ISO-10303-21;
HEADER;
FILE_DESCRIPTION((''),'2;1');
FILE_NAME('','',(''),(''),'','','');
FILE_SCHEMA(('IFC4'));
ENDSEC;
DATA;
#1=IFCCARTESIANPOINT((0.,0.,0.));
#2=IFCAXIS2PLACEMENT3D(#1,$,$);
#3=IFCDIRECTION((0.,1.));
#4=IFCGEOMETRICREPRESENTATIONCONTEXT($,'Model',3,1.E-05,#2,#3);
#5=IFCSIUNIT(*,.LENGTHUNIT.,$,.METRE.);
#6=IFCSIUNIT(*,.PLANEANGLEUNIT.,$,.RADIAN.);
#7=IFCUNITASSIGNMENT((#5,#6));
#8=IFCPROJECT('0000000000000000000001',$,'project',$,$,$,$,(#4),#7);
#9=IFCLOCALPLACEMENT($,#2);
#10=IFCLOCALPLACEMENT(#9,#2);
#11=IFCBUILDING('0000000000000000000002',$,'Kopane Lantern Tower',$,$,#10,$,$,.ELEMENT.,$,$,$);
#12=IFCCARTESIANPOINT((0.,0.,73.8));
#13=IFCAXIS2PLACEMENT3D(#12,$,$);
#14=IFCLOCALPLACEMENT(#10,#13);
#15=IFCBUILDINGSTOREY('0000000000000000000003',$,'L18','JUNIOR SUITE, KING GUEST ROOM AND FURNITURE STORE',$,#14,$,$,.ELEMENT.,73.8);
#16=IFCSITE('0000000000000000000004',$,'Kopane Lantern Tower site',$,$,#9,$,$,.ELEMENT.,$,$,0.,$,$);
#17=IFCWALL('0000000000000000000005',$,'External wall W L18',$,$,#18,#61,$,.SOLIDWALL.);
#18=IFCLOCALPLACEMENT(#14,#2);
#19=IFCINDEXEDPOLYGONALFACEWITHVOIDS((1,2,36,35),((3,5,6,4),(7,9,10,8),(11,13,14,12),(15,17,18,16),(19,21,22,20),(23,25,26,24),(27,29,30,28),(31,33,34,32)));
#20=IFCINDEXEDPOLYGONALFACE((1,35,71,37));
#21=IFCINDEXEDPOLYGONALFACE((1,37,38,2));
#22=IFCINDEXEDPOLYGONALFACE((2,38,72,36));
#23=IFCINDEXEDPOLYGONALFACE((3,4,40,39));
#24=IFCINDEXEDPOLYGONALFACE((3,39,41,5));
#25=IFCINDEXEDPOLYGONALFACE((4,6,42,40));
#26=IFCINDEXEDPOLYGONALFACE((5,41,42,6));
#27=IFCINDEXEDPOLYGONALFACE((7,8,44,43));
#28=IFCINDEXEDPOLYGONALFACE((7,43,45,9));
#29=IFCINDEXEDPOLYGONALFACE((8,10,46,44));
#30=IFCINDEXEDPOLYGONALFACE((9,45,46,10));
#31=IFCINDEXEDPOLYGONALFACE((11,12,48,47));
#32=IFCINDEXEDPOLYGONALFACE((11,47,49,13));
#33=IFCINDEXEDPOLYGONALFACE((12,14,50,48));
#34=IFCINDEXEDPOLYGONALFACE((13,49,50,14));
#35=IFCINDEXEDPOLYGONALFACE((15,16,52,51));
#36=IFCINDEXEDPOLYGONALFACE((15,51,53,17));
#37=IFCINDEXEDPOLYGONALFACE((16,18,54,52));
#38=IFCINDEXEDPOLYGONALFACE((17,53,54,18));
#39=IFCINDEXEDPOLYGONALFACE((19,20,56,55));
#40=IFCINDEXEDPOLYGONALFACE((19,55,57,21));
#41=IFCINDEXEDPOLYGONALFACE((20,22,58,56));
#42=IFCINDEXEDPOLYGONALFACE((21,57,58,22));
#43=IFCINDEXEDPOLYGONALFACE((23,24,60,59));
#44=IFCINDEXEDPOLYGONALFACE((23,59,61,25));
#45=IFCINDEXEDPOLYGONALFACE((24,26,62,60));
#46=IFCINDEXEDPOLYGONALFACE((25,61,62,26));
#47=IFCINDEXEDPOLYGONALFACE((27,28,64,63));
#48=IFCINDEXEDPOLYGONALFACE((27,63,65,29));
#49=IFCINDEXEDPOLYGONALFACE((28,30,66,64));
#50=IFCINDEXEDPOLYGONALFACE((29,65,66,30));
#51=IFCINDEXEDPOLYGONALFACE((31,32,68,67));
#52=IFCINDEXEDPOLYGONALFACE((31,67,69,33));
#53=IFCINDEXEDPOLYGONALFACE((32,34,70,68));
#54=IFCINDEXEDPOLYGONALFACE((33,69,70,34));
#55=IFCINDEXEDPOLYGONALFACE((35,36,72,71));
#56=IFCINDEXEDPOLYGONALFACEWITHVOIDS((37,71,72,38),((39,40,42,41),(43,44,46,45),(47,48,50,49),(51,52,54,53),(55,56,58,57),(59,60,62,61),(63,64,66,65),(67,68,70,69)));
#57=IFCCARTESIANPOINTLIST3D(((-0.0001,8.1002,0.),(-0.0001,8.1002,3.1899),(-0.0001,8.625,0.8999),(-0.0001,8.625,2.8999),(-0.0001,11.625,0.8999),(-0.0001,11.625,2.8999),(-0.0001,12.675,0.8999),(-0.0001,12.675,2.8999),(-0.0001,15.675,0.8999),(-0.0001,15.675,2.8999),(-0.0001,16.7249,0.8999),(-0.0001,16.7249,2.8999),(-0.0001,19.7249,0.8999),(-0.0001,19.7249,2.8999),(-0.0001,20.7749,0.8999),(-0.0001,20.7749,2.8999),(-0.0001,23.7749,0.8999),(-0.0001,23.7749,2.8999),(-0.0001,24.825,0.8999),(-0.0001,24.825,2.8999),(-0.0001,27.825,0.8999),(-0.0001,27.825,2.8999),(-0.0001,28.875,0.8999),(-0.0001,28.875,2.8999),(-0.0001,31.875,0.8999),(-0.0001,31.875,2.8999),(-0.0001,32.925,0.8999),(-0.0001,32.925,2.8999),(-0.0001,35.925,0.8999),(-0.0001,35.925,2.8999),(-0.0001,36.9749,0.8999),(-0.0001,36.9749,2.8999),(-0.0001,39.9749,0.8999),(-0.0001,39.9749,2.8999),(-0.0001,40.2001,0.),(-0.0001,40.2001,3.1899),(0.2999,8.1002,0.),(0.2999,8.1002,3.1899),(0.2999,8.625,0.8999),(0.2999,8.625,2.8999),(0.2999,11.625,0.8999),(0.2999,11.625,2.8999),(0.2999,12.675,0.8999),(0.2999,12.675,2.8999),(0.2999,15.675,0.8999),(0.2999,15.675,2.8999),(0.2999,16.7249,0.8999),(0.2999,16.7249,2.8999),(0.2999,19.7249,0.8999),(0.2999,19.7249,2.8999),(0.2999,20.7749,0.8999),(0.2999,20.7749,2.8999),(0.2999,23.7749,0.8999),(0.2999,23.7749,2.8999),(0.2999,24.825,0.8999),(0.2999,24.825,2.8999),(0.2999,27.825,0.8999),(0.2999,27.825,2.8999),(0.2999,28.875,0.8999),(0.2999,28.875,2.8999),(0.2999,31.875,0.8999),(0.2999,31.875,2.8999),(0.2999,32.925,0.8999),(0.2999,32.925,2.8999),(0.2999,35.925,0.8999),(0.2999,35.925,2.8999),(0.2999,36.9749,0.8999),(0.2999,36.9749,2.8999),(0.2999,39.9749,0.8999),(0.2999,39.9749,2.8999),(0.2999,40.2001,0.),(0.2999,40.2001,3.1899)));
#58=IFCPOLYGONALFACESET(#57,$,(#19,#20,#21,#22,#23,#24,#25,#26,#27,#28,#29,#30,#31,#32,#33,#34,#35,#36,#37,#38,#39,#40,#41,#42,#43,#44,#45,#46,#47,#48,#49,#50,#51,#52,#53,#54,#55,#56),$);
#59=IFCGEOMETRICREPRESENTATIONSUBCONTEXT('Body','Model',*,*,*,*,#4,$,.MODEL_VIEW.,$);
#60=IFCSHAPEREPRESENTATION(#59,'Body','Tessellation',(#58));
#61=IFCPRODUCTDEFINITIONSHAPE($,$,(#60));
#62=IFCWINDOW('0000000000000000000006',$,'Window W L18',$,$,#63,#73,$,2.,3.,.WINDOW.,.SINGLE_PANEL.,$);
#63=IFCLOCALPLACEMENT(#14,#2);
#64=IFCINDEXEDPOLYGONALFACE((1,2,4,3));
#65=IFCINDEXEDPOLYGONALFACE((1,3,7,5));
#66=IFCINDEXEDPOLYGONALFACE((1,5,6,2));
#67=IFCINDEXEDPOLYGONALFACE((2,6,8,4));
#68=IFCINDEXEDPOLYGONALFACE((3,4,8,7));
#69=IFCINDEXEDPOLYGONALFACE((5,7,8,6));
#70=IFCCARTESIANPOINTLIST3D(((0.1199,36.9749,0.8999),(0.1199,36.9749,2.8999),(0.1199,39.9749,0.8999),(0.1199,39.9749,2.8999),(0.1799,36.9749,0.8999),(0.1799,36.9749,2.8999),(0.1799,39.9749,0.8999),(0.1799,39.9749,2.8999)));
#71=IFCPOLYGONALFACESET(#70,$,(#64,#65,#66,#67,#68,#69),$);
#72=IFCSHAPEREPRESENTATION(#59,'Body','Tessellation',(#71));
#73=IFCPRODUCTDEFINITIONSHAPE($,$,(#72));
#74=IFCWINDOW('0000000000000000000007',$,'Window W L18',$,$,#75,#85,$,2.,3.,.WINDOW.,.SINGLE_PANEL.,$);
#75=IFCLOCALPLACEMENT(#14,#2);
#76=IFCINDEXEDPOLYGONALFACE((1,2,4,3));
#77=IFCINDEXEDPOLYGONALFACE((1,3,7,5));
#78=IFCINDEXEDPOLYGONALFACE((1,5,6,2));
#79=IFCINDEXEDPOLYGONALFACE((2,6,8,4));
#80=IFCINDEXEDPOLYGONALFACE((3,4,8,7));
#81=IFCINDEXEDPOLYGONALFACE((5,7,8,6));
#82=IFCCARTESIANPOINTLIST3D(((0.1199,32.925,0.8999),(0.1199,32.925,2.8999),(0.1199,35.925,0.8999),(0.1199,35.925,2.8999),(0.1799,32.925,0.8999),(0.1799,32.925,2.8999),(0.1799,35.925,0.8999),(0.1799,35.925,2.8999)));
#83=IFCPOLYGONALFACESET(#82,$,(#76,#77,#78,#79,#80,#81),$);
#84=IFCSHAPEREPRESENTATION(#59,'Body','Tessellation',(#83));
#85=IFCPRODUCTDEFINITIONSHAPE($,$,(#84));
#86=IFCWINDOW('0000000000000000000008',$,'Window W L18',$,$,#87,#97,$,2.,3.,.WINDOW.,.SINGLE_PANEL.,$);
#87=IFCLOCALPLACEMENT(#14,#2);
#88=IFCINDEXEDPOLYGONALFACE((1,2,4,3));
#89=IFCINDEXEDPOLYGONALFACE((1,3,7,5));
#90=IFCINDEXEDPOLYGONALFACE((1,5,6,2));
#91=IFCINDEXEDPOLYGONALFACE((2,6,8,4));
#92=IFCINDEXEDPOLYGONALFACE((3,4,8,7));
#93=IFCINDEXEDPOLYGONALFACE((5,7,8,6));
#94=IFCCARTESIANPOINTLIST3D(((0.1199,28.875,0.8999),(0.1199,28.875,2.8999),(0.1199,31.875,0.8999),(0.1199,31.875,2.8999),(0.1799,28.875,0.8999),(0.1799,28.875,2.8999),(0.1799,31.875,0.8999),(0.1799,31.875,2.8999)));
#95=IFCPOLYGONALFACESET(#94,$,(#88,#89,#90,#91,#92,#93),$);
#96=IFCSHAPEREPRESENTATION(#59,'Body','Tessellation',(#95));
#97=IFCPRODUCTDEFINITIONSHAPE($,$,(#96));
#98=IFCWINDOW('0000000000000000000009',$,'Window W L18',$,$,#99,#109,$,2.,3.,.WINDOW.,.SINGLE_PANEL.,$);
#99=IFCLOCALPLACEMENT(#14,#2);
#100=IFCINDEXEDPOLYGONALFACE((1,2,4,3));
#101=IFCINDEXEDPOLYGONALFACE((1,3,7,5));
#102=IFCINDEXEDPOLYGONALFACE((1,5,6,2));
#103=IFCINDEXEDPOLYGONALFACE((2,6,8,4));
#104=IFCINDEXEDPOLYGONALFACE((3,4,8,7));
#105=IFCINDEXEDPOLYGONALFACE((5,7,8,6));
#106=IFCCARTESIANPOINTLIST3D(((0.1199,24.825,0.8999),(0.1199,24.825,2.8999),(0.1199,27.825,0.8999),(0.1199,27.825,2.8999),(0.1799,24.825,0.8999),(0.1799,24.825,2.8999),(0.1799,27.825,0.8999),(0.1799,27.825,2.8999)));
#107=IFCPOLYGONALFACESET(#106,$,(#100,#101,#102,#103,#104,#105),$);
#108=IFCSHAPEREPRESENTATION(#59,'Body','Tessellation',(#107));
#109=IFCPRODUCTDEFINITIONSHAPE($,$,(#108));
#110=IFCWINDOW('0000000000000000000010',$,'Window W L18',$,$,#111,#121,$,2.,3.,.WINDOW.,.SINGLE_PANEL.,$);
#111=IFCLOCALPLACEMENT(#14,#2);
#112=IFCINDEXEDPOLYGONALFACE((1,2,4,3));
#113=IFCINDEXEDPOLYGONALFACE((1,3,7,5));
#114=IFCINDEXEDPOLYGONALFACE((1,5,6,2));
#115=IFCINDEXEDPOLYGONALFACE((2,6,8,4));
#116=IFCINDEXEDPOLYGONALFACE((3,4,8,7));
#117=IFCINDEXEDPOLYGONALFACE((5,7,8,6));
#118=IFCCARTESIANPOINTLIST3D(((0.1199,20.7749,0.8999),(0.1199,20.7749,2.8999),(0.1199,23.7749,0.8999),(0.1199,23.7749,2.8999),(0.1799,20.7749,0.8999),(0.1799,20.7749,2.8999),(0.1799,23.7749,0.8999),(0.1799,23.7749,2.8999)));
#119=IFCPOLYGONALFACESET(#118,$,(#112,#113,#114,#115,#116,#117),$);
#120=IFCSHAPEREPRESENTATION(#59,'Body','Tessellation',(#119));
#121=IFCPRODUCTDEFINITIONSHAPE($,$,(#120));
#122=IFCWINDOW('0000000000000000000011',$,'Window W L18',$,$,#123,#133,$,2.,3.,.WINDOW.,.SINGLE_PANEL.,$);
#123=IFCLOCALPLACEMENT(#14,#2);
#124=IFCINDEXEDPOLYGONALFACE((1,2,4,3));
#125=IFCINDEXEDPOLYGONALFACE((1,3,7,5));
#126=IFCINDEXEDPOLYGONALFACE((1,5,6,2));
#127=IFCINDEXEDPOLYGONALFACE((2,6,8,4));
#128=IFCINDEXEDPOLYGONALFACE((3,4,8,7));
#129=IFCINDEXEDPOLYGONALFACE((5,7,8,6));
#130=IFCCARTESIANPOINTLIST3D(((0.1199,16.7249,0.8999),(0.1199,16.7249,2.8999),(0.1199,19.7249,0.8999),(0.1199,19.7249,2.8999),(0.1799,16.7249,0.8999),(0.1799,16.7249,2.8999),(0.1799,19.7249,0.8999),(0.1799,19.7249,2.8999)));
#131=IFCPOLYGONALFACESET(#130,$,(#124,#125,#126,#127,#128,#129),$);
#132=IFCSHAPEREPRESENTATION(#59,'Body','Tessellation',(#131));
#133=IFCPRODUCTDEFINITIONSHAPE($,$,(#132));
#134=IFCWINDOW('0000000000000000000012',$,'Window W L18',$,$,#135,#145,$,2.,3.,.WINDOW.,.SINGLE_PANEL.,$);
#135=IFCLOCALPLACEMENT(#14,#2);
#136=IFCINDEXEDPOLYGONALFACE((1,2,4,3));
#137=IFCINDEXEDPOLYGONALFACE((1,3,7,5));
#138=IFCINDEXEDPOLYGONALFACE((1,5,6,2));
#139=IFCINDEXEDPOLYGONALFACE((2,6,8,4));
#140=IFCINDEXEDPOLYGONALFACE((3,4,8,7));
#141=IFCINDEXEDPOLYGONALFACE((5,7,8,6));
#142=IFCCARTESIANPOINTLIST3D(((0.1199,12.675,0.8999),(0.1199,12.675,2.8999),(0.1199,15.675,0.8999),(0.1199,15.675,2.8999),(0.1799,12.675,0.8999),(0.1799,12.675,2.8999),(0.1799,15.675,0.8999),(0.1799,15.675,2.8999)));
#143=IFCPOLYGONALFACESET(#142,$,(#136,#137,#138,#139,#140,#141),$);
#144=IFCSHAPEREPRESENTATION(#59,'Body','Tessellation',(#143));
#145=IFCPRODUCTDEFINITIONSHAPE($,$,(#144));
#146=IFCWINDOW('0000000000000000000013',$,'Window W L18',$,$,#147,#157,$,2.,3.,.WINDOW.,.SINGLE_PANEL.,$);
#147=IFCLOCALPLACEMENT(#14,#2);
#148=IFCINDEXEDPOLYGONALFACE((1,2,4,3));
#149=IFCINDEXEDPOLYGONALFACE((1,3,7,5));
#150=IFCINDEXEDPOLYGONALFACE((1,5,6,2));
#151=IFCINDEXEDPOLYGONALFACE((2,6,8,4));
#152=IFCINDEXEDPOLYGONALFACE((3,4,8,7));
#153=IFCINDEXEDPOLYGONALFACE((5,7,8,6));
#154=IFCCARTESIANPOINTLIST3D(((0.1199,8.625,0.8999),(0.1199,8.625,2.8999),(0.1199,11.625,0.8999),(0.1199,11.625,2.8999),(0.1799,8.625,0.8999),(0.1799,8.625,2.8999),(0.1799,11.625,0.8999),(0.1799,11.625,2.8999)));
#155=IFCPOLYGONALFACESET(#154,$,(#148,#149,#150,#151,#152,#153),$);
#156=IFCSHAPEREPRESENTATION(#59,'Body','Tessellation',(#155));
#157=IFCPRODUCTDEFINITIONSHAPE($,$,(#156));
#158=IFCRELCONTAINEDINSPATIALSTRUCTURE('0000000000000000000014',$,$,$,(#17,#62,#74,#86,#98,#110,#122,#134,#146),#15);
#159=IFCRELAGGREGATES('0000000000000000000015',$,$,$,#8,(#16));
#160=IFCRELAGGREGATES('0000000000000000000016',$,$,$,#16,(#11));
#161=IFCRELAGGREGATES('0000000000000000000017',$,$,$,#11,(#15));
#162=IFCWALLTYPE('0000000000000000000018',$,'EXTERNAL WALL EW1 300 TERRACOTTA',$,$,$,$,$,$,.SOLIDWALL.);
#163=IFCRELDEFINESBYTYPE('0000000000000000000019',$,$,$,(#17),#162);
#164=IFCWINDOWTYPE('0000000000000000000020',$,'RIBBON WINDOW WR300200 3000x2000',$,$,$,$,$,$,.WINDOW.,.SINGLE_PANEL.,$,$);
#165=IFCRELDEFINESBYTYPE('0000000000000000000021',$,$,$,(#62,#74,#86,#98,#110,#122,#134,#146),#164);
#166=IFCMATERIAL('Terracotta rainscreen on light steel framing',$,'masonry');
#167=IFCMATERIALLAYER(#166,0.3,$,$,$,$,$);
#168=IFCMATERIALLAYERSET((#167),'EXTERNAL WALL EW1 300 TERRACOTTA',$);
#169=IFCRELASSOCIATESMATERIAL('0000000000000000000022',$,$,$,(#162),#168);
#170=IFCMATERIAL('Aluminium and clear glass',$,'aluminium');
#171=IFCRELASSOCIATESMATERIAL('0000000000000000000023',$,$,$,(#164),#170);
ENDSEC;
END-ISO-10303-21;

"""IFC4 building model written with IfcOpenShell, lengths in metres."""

from ifc_helpers import new_model, si_unit, direction, frame, frame_2d, origin, place, context, subcontext, project, spatial, rectangle, extrude, material, layer, layer_set, type_object, element, fill, save


model = new_model("IFC4")

# Units and contexts
model_context = context("Model", 3, precision=1e-05, world=origin(), true_north=direction((0.0, 1.0)))
body_context = subcontext(model_context, "Body", "Model", "MODEL_VIEW")
ifc_project = project(units=[si_unit("LENGTHUNIT", "METRE"), si_unit("PLANEANGLEUNIT", "RADIAN")], contexts=[model_context])

# Site, building, storey
site_placement = place(None, origin())
site = spatial("IfcSite", under=ifc_project, at=site_placement, Name="Kopane Lantern Tower site", CompositionType="ELEMENT", RefElevation=0.0)
building_placement = place(site_placement, origin())
building = spatial("IfcBuilding", under=site, at=building_placement, Name="Kopane Lantern Tower", CompositionType="ELEMENT")
storey_placement = place(building_placement, frame((0.0, 0.0, 73.8)))
storey = spatial("IfcBuildingStorey", under=building, at=storey_placement, Name="L18", Description="JUNIOR SUITE, KING GUEST ROOM AND FURNITURE STORE", CompositionType="ELEMENT", Elevation=73.8)

# Shared definitions
ifc_material_1 = material(Name="Terracotta rainscreen on light steel framing", Category="masonry")
ifc_layer_1 = layer(ifc_material_1, 0.3)
ifc_layer_set_1 = layer_set([ifc_layer_1], Name="EXTERNAL WALL EW1 300 TERRACOTTA")
wall_type_1 = type_object("IfcWallType", Name="EXTERNAL WALL EW1 300 TERRACOTTA", PredefinedType="SOLIDWALL", material=ifc_layer_set_1)

# Wall, openings, windows
wall_1_placement = place(storey_placement, frame((0.1499, 40.2, 0.0), z_axis=(0.0, 0.0, 1.0), x_axis=(0.0, -1.0, 0.0)))
wall_1 = element("IfcWall", 1, at=wall_1_placement, inside=storey, type_object=wall_type_1, Name="External wall W L18", PredefinedType="SOLIDWALL", context=body_context, shape_type="SweptSolid", body=[
    extrude(rectangle(XDim=32.0999, YDim=0.3, at=frame_2d((16.0498, 0.0))), origin(), (0.0, 0.0, 1.0), 3.1899),
])
opening_1_placement = place(wall_1_placement, frame((0.2251, 0.0, 0.8999)))
opening_1 = element("IfcOpeningElement", 2, at=opening_1_placement, cuts=wall_1, PredefinedType="OPENING", context=body_context, shape_type="SweptSolid", body=[
    extrude(rectangle(XDim=3.0, YDim=2.0, at=frame_2d((1.5, 1.0))), frame((0.0, 0.1599, 0.0), z_axis=(0.0, -1.0, 0.0), x_axis=(1.0, 0.0, 0.0)), (0.0, 0.0, 1.0), 0.3201),
])
opening_2_placement = place(wall_1_placement, frame((4.2749, 0.0, 0.8999)))
opening_2 = element("IfcOpeningElement", 3, at=opening_2_placement, cuts=wall_1, PredefinedType="OPENING", context=body_context, shape_type="SweptSolid", body=[
    extrude(rectangle(XDim=3.0, YDim=2.0, at=frame_2d((1.5, 1.0))), frame((0.0, 0.1599, 0.0), z_axis=(0.0, -1.0, 0.0), x_axis=(1.0, 0.0, 0.0)), (0.0, 0.0, 1.0), 0.3201),
])
opening_3_placement = place(wall_1_placement, frame((8.325, 0.0, 0.8999)))
opening_3 = element("IfcOpeningElement", 4, at=opening_3_placement, cuts=wall_1, PredefinedType="OPENING", context=body_context, shape_type="SweptSolid", body=[
    extrude(rectangle(XDim=3.0, YDim=2.0, at=frame_2d((1.5, 1.0))), frame((0.0, 0.1599, 0.0), z_axis=(0.0, -1.0, 0.0), x_axis=(1.0, 0.0, 0.0)), (0.0, 0.0, 1.0), 0.3201),
])
opening_4_placement = place(wall_1_placement, frame((12.375, 0.0, 0.8999)))
opening_4 = element("IfcOpeningElement", 5, at=opening_4_placement, cuts=wall_1, PredefinedType="OPENING", context=body_context, shape_type="SweptSolid", body=[
    extrude(rectangle(XDim=3.0, YDim=2.0, at=frame_2d((1.5, 1.0))), frame((0.0, 0.1599, 0.0), z_axis=(0.0, -1.0, 0.0), x_axis=(1.0, 0.0, 0.0)), (0.0, 0.0, 1.0), 0.3201),
])
opening_5_placement = place(wall_1_placement, frame((16.425, 0.0, 0.8999)))
opening_5 = element("IfcOpeningElement", 6, at=opening_5_placement, cuts=wall_1, PredefinedType="OPENING", context=body_context, shape_type="SweptSolid", body=[
    extrude(rectangle(XDim=3.0, YDim=2.0, at=frame_2d((1.5, 1.0))), frame((0.0, 0.1599, 0.0), z_axis=(0.0, -1.0, 0.0), x_axis=(1.0, 0.0, 0.0)), (0.0, 0.0, 1.0), 0.3201),
])
opening_6_placement = place(wall_1_placement, frame((20.4751, 0.0, 0.8999)))
opening_6 = element("IfcOpeningElement", 7, at=opening_6_placement, cuts=wall_1, PredefinedType="OPENING", context=body_context, shape_type="SweptSolid", body=[
    extrude(rectangle(XDim=3.0, YDim=2.0, at=frame_2d((1.5, 1.0))), frame((0.0, 0.1599, 0.0), z_axis=(0.0, -1.0, 0.0), x_axis=(1.0, 0.0, 0.0)), (0.0, 0.0, 1.0), 0.3201),
])
opening_7_placement = place(wall_1_placement, frame((24.5249, 0.0, 0.8999)))
opening_7 = element("IfcOpeningElement", 8, at=opening_7_placement, cuts=wall_1, PredefinedType="OPENING", context=body_context, shape_type="SweptSolid", body=[
    extrude(rectangle(XDim=3.0, YDim=2.0, at=frame_2d((1.5, 1.0))), frame((0.0, 0.1599, 0.0), z_axis=(0.0, -1.0, 0.0), x_axis=(1.0, 0.0, 0.0)), (0.0, 0.0, 1.0), 0.3201),
])
opening_8_placement = place(wall_1_placement, frame((28.575, 0.0, 0.8999)))
opening_8 = element("IfcOpeningElement", 9, at=opening_8_placement, cuts=wall_1, PredefinedType="OPENING", context=body_context, shape_type="SweptSolid", body=[
    extrude(rectangle(XDim=3.0, YDim=2.0, at=frame_2d((1.5, 1.0))), frame((0.0, 0.1599, 0.0), z_axis=(0.0, -1.0, 0.0), x_axis=(1.0, 0.0, 0.0)), (0.0, 0.0, 1.0), 0.3201),
])
ifc_material_2 = material(Name="Aluminium and clear glass", Category="aluminium")
window_type_1 = type_object("IfcWindowType", Name="RIBBON WINDOW WR300200 3000x2000", PartitioningType="SINGLE_PANEL", PredefinedType="WINDOW", material=ifc_material_2)
window_1_placement = place(opening_1_placement, origin())
window_1 = element("IfcWindow", 10, at=window_1_placement, inside=storey, type_object=window_type_1, Name="Window W L18", OverallHeight=2.0, OverallWidth=3.0, PartitioningType="SINGLE_PANEL", PredefinedType="WINDOW", context=body_context, shape_type="SweptSolid", body=[
    extrude(rectangle(XDim=3.0, YDim=2.0, at=frame_2d((1.5, 1.0))), frame((0.0, 0.03, 0.0), z_axis=(0.0, -1.0, 0.0), x_axis=(1.0, 0.0, 0.0)), (0.0, 0.0, 1.0), 0.0601),
])
fill(opening_1, window_1)
window_2_placement = place(opening_2_placement, origin())
window_2 = element("IfcWindow", 11, at=window_2_placement, inside=storey, type_object=window_type_1, Name="Window W L18", OverallHeight=2.0, OverallWidth=3.0, PartitioningType="SINGLE_PANEL", PredefinedType="WINDOW", context=body_context, shape_type="SweptSolid", body=[
    extrude(rectangle(XDim=3.0, YDim=2.0, at=frame_2d((1.5, 1.0))), frame((0.0, 0.03, 0.0), z_axis=(0.0, -1.0, 0.0), x_axis=(1.0, 0.0, 0.0)), (0.0, 0.0, 1.0), 0.0601),
])
fill(opening_2, window_2)
window_3_placement = place(opening_3_placement, origin())
window_3 = element("IfcWindow", 12, at=window_3_placement, inside=storey, type_object=window_type_1, Name="Window W L18", OverallHeight=2.0, OverallWidth=3.0, PartitioningType="SINGLE_PANEL", PredefinedType="WINDOW", context=body_context, shape_type="SweptSolid", body=[
    extrude(rectangle(XDim=3.0, YDim=2.0, at=frame_2d((1.5, 1.0))), frame((0.0, 0.03, 0.0), z_axis=(0.0, -1.0, 0.0), x_axis=(1.0, 0.0, 0.0)), (0.0, 0.0, 1.0), 0.0601),
])
fill(opening_3, window_3)
window_4_placement = place(opening_4_placement, origin())
window_4 = element("IfcWindow", 13, at=window_4_placement, inside=storey, type_object=window_type_1, Name="Window W L18", OverallHeight=2.0, OverallWidth=3.0, PartitioningType="SINGLE_PANEL", PredefinedType="WINDOW", context=body_context, shape_type="SweptSolid", body=[
    extrude(rectangle(XDim=3.0, YDim=2.0, at=frame_2d((1.5, 1.0))), frame((0.0, 0.03, 0.0), z_axis=(0.0, -1.0, 0.0), x_axis=(1.0, 0.0, 0.0)), (0.0, 0.0, 1.0), 0.0601),
])
fill(opening_4, window_4)
window_5_placement = place(opening_5_placement, origin())
window_5 = element("IfcWindow", 14, at=window_5_placement, inside=storey, type_object=window_type_1, Name="Window W L18", OverallHeight=2.0, OverallWidth=3.0, PartitioningType="SINGLE_PANEL", PredefinedType="WINDOW", context=body_context, shape_type="SweptSolid", body=[
    extrude(rectangle(XDim=3.0, YDim=2.0, at=frame_2d((1.5, 1.0))), frame((0.0, 0.03, 0.0), z_axis=(0.0, -1.0, 0.0), x_axis=(1.0, 0.0, 0.0)), (0.0, 0.0, 1.0), 0.0601),
])
fill(opening_5, window_5)
window_6_placement = place(opening_6_placement, origin())
window_6 = element("IfcWindow", 15, at=window_6_placement, inside=storey, type_object=window_type_1, Name="Window W L18", OverallHeight=2.0, OverallWidth=3.0, PartitioningType="SINGLE_PANEL", PredefinedType="WINDOW", context=body_context, shape_type="SweptSolid", body=[
    extrude(rectangle(XDim=3.0, YDim=2.0, at=frame_2d((1.5, 1.0))), frame((0.0, 0.03, 0.0), z_axis=(0.0, -1.0, 0.0), x_axis=(1.0, 0.0, 0.0)), (0.0, 0.0, 1.0), 0.0601),
])
fill(opening_6, window_6)
window_7_placement = place(opening_7_placement, origin())
window_7 = element("IfcWindow", 16, at=window_7_placement, inside=storey, type_object=window_type_1, Name="Window W L18", OverallHeight=2.0, OverallWidth=3.0, PartitioningType="SINGLE_PANEL", PredefinedType="WINDOW", context=body_context, shape_type="SweptSolid", body=[
    extrude(rectangle(XDim=3.0, YDim=2.0, at=frame_2d((1.5, 1.0))), frame((0.0, 0.03, 0.0), z_axis=(0.0, -1.0, 0.0), x_axis=(1.0, 0.0, 0.0)), (0.0, 0.0, 1.0), 0.0601),
])
fill(opening_7, window_7)
window_8_placement = place(opening_8_placement, origin())
window_8 = element("IfcWindow", 17, at=window_8_placement, inside=storey, type_object=window_type_1, Name="Window W L18", OverallHeight=2.0, OverallWidth=3.0, PartitioningType="SINGLE_PANEL", PredefinedType="WINDOW", context=body_context, shape_type="SweptSolid", body=[
    extrude(rectangle(XDim=3.0, YDim=2.0, at=frame_2d((1.5, 1.0))), frame((0.0, 0.03, 0.0), z_axis=(0.0, -1.0, 0.0), x_axis=(1.0, 0.0, 0.0)), (0.0, 0.0, 1.0), 0.0601),
])
fill(opening_8, window_8)

save(model, "model.ifc")
